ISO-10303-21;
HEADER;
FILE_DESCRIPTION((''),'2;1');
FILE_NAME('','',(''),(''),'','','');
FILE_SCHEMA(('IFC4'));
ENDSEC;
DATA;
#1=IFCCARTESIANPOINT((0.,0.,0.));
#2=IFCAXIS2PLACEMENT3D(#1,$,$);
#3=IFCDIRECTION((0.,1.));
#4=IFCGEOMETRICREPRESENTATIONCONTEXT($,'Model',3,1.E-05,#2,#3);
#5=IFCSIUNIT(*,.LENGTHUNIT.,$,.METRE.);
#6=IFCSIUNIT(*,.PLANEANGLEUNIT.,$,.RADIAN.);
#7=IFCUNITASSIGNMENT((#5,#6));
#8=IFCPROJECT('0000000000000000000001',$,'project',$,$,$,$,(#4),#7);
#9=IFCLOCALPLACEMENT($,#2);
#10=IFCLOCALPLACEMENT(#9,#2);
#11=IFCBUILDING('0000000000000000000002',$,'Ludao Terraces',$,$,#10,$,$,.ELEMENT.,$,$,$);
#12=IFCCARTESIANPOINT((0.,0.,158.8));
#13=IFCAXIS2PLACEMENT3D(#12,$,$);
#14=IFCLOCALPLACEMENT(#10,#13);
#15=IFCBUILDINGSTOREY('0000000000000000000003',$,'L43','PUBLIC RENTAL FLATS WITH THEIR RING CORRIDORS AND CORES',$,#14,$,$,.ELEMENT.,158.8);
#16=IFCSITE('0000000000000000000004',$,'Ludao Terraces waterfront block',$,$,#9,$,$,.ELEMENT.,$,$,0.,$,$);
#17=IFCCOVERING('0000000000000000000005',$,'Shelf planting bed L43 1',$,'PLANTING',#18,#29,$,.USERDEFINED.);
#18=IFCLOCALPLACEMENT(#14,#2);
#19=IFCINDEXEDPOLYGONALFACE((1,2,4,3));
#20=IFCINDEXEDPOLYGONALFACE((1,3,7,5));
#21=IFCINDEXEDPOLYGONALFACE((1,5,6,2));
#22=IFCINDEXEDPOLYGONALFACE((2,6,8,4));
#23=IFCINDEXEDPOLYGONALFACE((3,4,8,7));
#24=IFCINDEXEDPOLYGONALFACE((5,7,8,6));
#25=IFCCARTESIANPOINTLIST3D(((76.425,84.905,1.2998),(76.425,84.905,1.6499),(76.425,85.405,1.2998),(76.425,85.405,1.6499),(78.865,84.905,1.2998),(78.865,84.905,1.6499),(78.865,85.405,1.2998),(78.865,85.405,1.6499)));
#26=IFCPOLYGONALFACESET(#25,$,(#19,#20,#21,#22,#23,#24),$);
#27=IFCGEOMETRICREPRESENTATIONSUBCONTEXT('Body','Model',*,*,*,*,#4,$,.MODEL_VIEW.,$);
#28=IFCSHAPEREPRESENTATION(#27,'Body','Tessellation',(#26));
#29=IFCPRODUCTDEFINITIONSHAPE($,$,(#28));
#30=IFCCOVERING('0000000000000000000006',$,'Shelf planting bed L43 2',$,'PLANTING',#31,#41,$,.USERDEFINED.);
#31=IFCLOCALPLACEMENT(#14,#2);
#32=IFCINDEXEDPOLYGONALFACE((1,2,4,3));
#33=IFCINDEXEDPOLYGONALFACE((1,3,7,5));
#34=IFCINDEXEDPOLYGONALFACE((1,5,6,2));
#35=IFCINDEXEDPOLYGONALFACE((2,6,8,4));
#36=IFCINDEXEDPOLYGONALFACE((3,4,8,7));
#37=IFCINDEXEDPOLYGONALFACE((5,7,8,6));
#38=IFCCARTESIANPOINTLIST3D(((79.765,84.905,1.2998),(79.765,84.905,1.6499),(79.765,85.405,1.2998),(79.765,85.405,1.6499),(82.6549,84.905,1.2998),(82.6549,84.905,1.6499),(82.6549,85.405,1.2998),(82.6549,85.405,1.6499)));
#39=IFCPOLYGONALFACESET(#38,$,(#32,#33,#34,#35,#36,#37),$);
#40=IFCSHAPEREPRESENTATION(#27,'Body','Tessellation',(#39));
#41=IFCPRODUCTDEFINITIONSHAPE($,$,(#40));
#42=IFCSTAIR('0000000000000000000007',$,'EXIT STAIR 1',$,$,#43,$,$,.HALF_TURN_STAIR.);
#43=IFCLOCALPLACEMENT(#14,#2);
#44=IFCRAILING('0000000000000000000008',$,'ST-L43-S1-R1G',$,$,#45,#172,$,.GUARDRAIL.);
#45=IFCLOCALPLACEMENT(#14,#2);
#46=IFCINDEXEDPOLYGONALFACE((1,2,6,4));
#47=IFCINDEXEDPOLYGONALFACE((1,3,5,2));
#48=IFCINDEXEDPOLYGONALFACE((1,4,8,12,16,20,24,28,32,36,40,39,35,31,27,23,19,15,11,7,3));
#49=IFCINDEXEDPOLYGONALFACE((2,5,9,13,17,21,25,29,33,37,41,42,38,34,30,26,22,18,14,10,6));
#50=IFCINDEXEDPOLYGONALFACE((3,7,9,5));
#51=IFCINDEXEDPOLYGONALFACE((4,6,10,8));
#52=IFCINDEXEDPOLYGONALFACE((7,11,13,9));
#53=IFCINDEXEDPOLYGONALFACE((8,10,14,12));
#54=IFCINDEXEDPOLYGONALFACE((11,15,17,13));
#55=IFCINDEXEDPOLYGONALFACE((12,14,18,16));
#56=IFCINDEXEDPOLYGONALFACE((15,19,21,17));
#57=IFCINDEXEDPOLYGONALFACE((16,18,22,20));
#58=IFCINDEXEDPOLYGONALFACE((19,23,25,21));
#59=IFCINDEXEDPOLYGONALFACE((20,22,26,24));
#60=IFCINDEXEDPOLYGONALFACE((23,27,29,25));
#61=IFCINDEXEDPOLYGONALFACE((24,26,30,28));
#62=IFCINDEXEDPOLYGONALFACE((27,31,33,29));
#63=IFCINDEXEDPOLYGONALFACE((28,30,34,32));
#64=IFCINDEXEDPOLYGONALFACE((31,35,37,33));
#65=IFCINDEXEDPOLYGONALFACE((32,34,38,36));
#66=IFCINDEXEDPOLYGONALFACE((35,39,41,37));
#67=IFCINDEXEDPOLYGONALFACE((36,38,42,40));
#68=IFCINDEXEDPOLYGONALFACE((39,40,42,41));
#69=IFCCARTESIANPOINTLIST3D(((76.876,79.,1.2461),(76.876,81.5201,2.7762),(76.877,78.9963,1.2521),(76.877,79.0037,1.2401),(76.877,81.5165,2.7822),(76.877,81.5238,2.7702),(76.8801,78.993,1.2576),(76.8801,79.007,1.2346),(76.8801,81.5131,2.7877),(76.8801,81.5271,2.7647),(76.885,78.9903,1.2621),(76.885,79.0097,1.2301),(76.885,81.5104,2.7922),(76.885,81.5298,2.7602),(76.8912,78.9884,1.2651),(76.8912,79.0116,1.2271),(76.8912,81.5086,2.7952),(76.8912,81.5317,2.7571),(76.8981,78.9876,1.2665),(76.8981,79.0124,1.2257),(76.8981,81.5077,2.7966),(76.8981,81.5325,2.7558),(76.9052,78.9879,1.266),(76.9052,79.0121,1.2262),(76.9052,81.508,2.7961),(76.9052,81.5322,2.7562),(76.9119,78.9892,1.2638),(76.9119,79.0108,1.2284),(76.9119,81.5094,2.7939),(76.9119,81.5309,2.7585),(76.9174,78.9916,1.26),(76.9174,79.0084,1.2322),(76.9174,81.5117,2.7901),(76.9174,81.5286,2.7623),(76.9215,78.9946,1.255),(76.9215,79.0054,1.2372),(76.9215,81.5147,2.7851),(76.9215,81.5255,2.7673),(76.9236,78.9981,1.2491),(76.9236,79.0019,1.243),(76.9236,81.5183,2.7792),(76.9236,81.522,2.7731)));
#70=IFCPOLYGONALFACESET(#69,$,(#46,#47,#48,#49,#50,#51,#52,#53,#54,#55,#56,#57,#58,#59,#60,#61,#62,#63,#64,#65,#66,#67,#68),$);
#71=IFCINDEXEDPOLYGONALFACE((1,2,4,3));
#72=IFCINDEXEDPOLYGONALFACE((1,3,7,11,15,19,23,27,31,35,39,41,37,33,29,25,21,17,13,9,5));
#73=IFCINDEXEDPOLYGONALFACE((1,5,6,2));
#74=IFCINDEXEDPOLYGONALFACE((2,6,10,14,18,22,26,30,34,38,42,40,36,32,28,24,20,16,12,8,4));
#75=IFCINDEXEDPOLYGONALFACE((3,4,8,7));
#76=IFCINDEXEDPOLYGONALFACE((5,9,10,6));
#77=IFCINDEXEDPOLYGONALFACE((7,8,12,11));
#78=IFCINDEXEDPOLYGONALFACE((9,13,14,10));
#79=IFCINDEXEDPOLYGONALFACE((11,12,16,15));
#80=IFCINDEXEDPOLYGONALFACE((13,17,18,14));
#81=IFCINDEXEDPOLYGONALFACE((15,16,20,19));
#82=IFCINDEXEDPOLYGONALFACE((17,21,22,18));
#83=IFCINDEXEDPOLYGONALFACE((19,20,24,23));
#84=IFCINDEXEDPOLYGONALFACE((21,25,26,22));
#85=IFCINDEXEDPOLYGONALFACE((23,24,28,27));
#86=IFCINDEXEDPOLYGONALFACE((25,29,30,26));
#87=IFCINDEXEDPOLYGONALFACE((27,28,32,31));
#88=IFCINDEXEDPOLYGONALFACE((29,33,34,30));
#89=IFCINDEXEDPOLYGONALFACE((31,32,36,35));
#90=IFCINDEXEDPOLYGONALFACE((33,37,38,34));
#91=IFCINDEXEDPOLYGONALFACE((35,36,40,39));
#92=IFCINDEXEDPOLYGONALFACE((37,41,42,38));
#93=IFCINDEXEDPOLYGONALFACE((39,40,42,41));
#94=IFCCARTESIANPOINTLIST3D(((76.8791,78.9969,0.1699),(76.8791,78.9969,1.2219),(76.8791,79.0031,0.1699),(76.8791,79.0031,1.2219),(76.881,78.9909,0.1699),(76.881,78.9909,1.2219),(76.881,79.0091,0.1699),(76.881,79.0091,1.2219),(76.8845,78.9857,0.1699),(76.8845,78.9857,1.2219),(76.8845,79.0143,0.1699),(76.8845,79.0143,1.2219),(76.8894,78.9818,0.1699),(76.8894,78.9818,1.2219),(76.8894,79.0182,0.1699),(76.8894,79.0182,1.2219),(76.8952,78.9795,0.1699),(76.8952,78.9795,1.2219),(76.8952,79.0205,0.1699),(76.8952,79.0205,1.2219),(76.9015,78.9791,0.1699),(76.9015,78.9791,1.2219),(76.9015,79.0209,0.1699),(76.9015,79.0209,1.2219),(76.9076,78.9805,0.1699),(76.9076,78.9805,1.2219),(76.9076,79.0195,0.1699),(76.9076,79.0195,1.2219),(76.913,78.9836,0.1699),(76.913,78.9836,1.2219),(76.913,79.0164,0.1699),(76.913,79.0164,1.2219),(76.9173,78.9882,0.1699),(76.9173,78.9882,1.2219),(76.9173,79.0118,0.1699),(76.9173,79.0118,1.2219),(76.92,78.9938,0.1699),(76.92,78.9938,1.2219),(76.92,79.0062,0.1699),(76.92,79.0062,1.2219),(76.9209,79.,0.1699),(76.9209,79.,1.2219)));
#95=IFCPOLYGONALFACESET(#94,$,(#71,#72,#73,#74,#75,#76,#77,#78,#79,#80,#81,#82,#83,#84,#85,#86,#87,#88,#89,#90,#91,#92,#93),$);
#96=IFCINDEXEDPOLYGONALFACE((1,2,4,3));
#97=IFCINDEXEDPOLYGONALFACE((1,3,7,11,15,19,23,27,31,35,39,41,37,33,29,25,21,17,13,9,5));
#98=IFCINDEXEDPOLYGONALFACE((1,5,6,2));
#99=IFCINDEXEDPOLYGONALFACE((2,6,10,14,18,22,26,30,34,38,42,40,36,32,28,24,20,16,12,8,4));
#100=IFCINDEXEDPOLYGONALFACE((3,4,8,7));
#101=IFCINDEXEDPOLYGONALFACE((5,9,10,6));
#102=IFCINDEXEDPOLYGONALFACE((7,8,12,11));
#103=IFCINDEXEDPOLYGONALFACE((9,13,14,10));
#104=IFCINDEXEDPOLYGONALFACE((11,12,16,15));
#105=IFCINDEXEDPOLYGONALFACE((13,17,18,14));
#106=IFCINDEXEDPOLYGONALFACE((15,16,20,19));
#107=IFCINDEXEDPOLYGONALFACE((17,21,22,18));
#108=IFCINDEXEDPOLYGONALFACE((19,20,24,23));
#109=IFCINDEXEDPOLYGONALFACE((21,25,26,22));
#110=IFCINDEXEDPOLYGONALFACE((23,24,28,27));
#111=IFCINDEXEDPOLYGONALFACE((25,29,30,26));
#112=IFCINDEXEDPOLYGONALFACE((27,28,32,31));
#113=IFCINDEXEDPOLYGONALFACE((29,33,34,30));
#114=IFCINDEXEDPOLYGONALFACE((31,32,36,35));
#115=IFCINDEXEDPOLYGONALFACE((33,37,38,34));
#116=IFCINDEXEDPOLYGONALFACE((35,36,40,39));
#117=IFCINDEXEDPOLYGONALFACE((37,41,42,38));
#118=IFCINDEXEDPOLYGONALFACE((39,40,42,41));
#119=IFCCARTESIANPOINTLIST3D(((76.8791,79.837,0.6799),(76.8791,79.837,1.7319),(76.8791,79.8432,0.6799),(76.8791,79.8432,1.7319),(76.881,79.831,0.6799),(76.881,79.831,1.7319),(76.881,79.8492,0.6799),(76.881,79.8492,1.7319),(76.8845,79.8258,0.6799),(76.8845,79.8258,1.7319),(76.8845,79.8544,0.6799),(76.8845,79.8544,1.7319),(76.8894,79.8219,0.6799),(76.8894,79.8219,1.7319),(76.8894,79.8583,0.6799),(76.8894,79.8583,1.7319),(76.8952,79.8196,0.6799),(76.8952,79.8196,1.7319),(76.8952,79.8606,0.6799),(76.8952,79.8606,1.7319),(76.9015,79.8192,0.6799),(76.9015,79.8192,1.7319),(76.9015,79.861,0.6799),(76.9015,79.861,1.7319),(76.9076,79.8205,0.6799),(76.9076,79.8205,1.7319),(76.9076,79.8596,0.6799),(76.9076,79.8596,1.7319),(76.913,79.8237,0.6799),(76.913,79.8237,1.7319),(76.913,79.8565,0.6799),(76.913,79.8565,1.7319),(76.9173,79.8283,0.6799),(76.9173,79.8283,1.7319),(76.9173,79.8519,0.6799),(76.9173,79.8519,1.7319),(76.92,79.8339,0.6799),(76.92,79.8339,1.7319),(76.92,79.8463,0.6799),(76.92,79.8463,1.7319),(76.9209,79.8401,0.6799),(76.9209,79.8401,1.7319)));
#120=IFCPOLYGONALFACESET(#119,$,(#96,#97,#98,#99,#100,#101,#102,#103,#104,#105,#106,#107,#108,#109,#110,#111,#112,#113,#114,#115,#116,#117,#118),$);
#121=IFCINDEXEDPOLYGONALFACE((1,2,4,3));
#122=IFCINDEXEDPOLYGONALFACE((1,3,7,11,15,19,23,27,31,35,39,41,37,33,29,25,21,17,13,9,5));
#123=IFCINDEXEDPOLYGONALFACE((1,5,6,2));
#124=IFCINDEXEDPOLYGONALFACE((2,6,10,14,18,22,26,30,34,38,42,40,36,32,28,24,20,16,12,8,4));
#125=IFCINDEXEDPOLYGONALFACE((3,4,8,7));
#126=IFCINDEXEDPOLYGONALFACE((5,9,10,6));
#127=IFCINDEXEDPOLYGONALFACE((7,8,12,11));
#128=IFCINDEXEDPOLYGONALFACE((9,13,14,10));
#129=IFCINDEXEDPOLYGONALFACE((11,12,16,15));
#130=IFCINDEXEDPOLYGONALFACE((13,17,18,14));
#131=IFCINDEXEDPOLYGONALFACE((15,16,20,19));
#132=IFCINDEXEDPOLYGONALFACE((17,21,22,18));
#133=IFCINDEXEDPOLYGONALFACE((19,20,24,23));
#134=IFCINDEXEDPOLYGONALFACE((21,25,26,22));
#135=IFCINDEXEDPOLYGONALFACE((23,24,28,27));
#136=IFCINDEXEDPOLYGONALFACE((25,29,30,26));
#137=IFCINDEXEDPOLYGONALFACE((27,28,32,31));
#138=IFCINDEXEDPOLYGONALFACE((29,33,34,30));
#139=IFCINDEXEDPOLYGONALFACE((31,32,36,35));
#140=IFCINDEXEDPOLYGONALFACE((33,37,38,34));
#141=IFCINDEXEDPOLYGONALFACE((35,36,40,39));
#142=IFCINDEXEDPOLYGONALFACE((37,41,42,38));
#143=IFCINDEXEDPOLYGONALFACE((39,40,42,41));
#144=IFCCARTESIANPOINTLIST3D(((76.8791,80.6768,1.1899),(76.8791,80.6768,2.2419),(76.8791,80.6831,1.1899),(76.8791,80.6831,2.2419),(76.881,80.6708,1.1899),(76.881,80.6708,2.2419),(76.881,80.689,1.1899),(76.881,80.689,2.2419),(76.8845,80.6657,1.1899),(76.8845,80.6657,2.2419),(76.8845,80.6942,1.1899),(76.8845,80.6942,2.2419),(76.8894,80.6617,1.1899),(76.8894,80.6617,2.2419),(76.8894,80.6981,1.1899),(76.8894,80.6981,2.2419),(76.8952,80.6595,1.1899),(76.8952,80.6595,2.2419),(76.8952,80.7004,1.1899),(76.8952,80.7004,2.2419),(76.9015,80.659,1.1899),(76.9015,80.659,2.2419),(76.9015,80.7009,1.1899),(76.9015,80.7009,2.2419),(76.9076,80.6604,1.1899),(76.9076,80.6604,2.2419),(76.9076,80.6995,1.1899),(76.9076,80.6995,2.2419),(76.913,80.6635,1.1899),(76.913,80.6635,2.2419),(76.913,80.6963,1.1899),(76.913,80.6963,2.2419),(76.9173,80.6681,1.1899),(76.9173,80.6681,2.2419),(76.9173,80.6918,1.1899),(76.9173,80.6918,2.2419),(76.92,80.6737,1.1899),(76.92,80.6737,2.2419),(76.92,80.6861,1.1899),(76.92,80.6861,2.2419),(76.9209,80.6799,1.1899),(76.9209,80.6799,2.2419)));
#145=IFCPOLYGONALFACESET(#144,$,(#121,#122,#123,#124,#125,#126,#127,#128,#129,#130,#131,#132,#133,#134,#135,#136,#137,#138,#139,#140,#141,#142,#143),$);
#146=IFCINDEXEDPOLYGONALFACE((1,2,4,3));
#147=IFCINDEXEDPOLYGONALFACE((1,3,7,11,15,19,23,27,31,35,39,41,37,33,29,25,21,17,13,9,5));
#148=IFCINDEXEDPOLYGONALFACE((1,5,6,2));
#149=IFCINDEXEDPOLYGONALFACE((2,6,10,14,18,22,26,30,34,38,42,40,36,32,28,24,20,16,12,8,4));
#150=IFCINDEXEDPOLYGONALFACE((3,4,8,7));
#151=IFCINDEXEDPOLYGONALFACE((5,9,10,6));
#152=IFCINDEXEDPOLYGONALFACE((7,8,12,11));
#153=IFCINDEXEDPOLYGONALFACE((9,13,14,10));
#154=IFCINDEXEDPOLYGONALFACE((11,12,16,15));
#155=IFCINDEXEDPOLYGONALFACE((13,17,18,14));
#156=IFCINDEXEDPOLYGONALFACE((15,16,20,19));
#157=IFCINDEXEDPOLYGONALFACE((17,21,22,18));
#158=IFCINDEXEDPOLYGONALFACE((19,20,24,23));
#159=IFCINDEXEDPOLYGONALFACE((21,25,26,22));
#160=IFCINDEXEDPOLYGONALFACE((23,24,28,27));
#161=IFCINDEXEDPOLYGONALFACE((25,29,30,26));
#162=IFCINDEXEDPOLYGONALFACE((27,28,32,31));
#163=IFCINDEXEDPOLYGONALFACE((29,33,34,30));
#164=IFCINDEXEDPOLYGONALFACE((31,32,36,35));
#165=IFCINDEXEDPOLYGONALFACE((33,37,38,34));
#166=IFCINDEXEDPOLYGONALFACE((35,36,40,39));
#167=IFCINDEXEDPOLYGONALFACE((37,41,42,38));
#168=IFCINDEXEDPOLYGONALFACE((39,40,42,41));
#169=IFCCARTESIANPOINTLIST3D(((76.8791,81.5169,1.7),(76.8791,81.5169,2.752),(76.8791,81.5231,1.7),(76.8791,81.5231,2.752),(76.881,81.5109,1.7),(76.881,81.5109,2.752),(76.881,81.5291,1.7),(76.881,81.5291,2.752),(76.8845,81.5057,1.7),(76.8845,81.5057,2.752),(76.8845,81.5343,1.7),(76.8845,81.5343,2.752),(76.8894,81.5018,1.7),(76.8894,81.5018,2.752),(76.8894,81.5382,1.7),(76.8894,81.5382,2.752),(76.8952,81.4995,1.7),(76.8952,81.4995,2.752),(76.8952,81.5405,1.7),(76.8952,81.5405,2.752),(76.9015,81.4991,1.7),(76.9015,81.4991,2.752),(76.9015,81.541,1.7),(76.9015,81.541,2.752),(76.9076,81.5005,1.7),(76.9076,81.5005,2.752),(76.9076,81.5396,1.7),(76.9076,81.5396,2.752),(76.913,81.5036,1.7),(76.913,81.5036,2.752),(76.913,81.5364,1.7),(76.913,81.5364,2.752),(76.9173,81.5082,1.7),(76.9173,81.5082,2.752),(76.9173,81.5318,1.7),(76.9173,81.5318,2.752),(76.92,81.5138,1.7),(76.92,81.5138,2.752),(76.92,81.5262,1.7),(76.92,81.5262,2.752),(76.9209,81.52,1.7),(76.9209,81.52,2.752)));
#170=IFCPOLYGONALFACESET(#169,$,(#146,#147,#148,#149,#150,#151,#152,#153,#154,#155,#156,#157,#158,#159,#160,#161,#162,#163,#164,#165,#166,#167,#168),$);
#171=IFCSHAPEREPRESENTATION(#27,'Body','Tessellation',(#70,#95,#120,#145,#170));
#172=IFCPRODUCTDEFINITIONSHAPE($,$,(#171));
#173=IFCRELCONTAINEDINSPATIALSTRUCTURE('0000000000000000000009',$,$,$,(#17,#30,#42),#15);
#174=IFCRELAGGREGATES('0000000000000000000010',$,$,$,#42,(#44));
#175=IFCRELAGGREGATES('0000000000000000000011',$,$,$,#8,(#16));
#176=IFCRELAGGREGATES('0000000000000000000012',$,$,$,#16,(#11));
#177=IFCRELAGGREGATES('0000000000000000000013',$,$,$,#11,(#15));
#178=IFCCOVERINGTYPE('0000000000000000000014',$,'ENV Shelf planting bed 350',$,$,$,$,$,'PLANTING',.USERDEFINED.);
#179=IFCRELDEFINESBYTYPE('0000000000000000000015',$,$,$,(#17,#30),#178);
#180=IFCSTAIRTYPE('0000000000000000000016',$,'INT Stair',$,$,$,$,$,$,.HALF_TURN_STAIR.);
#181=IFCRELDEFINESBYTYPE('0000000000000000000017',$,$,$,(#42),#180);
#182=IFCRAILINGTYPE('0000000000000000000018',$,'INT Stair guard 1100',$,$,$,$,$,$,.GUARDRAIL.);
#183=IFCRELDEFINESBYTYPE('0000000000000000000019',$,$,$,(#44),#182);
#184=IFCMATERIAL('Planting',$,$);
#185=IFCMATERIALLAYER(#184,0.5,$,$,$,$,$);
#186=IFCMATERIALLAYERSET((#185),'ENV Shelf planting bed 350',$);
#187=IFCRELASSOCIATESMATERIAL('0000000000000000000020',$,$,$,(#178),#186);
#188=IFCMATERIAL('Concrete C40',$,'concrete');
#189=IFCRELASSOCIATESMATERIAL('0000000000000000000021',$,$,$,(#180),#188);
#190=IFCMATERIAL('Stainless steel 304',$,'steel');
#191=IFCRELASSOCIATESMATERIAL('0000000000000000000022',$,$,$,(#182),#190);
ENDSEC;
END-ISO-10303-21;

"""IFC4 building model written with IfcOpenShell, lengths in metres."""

from ifc_helpers import new_model, si_unit, direction, frame, origin, origin_2d, place, context, subcontext, project, spatial, rectangle, circle, extrude, material, layer, layer_set, type_object, element, aggregate, save


model = new_model("IFC4")

# Units and contexts
model_context = context("Model", 3, precision=1e-05, world=origin(), true_north=direction((0.0, 1.0)))
body_context = subcontext(model_context, "Body", "Model", "MODEL_VIEW")
ifc_project = project(units=[si_unit("LENGTHUNIT", "METRE"), si_unit("PLANEANGLEUNIT", "RADIAN")], contexts=[model_context])

# Site, building, storey
site_placement = place(None, origin())
site = spatial("IfcSite", under=ifc_project, at=site_placement, Name="Ludao Terraces waterfront block", CompositionType="ELEMENT", RefElevation=0.0)
building_placement = place(site_placement, origin())
building = spatial("IfcBuilding", under=site, at=building_placement, Name="Ludao Terraces", CompositionType="ELEMENT")
storey_placement = place(building_placement, frame((0.0, 0.0, 158.8)))
storey = spatial("IfcBuildingStorey", under=building, at=storey_placement, Name="L43", Description="PUBLIC RENTAL FLATS WITH THEIR RING CORRIDORS AND CORES", CompositionType="ELEMENT", Elevation=158.8)

# Shared definitions
ifc_material_1 = material(Name="Stainless steel 304", Category="steel")

# Coverings
ifc_material_2 = material(Name="Planting")
ifc_layer_1 = layer(ifc_material_2, 0.5)
ifc_layer_set_1 = layer_set([ifc_layer_1], Name="ENV Shelf planting bed 350")
covering_type_1 = type_object("IfcCoveringType", Name="ENV Shelf planting bed 350", ElementType="PLANTING", PredefinedType="USERDEFINED", material=ifc_layer_set_1)
covering_1_placement = place(storey_placement, frame((77.645, 85.155, 1.2998), z_axis=(0.0, 0.0, 1.0), x_axis=(1.0, 0.0, 0.0)))
element("IfcCovering", 1, at=covering_1_placement, inside=storey, type_object=covering_type_1, Name="Shelf planting bed L43 1", ObjectType="PLANTING", PredefinedType="USERDEFINED", context=body_context, shape_type="SweptSolid", body=[
    extrude(rectangle(XDim=2.4399, YDim=0.5, at=origin_2d()), origin(), (0.0, 0.0, 1.0), 0.3501),
])
covering_2_placement = place(storey_placement, frame((81.21, 85.155, 1.2998), z_axis=(0.0, 0.0, 1.0), x_axis=(1.0, 0.0, 0.0)))
element("IfcCovering", 2, at=covering_2_placement, inside=storey, type_object=covering_type_1, Name="Shelf planting bed L43 2", ObjectType="PLANTING", PredefinedType="USERDEFINED", context=body_context, shape_type="SweptSolid", body=[
    extrude(rectangle(XDim=2.8899, YDim=0.5, at=origin_2d()), origin(), (0.0, 0.0, 1.0), 0.3501),
])

# Stair, railing
ifc_material_3 = material(Name="Concrete C40", Category="concrete")
stair_type = type_object("IfcStairType", Name="INT Stair", PredefinedType="HALF_TURN_STAIR", material=ifc_material_3)
stair_placement = place(storey_placement, origin())
stair = element("IfcStair", 3, at=stair_placement, inside=storey, type_object=stair_type, Name="EXIT STAIR 1", PredefinedType="HALF_TURN_STAIR")
railing_type_1 = type_object("IfcRailingType", Name="INT Stair guard 1100", PredefinedType="GUARDRAIL", material=ifc_material_1)
railing_1_placement = place(storey_placement, frame((76.8999, 79.0, 0.1699)))
railing_1 = element("IfcRailing", 4, at=railing_1_placement, type_object=railing_type_1, Name="ST-L43-S1-R1G", PredefinedType="GUARDRAIL", context=body_context, shape_type="SweptSolid", body=[
    extrude(circle(Radius=0.0239, at=origin_2d()), frame((0.0, 0.0, 1.0762), z_axis=(0.0, 0.854785, 0.518982), x_axis=(-1.0, 0.0, 0.0)), (0.0, 0.0, 1.0), 2.9482),
    extrude(circle(Radius=0.021, at=origin_2d()), origin(), (0.0, 0.0, 1.0), 1.052),
    extrude(circle(Radius=0.021, at=origin_2d()), frame((0.0, 0.8401, 0.51)), (0.0, 0.0, 1.0), 1.052),
    extrude(circle(Radius=0.021, at=origin_2d()), frame((0.0, 1.6799, 1.02)), (0.0, 0.0, 1.0), 1.052),
    extrude(circle(Radius=0.021, at=origin_2d()), frame((0.0, 2.52, 1.53)), (0.0, 0.0, 1.0), 1.052),
])
aggregate(stair, [railing_1])

save(model, "model.ifc")
